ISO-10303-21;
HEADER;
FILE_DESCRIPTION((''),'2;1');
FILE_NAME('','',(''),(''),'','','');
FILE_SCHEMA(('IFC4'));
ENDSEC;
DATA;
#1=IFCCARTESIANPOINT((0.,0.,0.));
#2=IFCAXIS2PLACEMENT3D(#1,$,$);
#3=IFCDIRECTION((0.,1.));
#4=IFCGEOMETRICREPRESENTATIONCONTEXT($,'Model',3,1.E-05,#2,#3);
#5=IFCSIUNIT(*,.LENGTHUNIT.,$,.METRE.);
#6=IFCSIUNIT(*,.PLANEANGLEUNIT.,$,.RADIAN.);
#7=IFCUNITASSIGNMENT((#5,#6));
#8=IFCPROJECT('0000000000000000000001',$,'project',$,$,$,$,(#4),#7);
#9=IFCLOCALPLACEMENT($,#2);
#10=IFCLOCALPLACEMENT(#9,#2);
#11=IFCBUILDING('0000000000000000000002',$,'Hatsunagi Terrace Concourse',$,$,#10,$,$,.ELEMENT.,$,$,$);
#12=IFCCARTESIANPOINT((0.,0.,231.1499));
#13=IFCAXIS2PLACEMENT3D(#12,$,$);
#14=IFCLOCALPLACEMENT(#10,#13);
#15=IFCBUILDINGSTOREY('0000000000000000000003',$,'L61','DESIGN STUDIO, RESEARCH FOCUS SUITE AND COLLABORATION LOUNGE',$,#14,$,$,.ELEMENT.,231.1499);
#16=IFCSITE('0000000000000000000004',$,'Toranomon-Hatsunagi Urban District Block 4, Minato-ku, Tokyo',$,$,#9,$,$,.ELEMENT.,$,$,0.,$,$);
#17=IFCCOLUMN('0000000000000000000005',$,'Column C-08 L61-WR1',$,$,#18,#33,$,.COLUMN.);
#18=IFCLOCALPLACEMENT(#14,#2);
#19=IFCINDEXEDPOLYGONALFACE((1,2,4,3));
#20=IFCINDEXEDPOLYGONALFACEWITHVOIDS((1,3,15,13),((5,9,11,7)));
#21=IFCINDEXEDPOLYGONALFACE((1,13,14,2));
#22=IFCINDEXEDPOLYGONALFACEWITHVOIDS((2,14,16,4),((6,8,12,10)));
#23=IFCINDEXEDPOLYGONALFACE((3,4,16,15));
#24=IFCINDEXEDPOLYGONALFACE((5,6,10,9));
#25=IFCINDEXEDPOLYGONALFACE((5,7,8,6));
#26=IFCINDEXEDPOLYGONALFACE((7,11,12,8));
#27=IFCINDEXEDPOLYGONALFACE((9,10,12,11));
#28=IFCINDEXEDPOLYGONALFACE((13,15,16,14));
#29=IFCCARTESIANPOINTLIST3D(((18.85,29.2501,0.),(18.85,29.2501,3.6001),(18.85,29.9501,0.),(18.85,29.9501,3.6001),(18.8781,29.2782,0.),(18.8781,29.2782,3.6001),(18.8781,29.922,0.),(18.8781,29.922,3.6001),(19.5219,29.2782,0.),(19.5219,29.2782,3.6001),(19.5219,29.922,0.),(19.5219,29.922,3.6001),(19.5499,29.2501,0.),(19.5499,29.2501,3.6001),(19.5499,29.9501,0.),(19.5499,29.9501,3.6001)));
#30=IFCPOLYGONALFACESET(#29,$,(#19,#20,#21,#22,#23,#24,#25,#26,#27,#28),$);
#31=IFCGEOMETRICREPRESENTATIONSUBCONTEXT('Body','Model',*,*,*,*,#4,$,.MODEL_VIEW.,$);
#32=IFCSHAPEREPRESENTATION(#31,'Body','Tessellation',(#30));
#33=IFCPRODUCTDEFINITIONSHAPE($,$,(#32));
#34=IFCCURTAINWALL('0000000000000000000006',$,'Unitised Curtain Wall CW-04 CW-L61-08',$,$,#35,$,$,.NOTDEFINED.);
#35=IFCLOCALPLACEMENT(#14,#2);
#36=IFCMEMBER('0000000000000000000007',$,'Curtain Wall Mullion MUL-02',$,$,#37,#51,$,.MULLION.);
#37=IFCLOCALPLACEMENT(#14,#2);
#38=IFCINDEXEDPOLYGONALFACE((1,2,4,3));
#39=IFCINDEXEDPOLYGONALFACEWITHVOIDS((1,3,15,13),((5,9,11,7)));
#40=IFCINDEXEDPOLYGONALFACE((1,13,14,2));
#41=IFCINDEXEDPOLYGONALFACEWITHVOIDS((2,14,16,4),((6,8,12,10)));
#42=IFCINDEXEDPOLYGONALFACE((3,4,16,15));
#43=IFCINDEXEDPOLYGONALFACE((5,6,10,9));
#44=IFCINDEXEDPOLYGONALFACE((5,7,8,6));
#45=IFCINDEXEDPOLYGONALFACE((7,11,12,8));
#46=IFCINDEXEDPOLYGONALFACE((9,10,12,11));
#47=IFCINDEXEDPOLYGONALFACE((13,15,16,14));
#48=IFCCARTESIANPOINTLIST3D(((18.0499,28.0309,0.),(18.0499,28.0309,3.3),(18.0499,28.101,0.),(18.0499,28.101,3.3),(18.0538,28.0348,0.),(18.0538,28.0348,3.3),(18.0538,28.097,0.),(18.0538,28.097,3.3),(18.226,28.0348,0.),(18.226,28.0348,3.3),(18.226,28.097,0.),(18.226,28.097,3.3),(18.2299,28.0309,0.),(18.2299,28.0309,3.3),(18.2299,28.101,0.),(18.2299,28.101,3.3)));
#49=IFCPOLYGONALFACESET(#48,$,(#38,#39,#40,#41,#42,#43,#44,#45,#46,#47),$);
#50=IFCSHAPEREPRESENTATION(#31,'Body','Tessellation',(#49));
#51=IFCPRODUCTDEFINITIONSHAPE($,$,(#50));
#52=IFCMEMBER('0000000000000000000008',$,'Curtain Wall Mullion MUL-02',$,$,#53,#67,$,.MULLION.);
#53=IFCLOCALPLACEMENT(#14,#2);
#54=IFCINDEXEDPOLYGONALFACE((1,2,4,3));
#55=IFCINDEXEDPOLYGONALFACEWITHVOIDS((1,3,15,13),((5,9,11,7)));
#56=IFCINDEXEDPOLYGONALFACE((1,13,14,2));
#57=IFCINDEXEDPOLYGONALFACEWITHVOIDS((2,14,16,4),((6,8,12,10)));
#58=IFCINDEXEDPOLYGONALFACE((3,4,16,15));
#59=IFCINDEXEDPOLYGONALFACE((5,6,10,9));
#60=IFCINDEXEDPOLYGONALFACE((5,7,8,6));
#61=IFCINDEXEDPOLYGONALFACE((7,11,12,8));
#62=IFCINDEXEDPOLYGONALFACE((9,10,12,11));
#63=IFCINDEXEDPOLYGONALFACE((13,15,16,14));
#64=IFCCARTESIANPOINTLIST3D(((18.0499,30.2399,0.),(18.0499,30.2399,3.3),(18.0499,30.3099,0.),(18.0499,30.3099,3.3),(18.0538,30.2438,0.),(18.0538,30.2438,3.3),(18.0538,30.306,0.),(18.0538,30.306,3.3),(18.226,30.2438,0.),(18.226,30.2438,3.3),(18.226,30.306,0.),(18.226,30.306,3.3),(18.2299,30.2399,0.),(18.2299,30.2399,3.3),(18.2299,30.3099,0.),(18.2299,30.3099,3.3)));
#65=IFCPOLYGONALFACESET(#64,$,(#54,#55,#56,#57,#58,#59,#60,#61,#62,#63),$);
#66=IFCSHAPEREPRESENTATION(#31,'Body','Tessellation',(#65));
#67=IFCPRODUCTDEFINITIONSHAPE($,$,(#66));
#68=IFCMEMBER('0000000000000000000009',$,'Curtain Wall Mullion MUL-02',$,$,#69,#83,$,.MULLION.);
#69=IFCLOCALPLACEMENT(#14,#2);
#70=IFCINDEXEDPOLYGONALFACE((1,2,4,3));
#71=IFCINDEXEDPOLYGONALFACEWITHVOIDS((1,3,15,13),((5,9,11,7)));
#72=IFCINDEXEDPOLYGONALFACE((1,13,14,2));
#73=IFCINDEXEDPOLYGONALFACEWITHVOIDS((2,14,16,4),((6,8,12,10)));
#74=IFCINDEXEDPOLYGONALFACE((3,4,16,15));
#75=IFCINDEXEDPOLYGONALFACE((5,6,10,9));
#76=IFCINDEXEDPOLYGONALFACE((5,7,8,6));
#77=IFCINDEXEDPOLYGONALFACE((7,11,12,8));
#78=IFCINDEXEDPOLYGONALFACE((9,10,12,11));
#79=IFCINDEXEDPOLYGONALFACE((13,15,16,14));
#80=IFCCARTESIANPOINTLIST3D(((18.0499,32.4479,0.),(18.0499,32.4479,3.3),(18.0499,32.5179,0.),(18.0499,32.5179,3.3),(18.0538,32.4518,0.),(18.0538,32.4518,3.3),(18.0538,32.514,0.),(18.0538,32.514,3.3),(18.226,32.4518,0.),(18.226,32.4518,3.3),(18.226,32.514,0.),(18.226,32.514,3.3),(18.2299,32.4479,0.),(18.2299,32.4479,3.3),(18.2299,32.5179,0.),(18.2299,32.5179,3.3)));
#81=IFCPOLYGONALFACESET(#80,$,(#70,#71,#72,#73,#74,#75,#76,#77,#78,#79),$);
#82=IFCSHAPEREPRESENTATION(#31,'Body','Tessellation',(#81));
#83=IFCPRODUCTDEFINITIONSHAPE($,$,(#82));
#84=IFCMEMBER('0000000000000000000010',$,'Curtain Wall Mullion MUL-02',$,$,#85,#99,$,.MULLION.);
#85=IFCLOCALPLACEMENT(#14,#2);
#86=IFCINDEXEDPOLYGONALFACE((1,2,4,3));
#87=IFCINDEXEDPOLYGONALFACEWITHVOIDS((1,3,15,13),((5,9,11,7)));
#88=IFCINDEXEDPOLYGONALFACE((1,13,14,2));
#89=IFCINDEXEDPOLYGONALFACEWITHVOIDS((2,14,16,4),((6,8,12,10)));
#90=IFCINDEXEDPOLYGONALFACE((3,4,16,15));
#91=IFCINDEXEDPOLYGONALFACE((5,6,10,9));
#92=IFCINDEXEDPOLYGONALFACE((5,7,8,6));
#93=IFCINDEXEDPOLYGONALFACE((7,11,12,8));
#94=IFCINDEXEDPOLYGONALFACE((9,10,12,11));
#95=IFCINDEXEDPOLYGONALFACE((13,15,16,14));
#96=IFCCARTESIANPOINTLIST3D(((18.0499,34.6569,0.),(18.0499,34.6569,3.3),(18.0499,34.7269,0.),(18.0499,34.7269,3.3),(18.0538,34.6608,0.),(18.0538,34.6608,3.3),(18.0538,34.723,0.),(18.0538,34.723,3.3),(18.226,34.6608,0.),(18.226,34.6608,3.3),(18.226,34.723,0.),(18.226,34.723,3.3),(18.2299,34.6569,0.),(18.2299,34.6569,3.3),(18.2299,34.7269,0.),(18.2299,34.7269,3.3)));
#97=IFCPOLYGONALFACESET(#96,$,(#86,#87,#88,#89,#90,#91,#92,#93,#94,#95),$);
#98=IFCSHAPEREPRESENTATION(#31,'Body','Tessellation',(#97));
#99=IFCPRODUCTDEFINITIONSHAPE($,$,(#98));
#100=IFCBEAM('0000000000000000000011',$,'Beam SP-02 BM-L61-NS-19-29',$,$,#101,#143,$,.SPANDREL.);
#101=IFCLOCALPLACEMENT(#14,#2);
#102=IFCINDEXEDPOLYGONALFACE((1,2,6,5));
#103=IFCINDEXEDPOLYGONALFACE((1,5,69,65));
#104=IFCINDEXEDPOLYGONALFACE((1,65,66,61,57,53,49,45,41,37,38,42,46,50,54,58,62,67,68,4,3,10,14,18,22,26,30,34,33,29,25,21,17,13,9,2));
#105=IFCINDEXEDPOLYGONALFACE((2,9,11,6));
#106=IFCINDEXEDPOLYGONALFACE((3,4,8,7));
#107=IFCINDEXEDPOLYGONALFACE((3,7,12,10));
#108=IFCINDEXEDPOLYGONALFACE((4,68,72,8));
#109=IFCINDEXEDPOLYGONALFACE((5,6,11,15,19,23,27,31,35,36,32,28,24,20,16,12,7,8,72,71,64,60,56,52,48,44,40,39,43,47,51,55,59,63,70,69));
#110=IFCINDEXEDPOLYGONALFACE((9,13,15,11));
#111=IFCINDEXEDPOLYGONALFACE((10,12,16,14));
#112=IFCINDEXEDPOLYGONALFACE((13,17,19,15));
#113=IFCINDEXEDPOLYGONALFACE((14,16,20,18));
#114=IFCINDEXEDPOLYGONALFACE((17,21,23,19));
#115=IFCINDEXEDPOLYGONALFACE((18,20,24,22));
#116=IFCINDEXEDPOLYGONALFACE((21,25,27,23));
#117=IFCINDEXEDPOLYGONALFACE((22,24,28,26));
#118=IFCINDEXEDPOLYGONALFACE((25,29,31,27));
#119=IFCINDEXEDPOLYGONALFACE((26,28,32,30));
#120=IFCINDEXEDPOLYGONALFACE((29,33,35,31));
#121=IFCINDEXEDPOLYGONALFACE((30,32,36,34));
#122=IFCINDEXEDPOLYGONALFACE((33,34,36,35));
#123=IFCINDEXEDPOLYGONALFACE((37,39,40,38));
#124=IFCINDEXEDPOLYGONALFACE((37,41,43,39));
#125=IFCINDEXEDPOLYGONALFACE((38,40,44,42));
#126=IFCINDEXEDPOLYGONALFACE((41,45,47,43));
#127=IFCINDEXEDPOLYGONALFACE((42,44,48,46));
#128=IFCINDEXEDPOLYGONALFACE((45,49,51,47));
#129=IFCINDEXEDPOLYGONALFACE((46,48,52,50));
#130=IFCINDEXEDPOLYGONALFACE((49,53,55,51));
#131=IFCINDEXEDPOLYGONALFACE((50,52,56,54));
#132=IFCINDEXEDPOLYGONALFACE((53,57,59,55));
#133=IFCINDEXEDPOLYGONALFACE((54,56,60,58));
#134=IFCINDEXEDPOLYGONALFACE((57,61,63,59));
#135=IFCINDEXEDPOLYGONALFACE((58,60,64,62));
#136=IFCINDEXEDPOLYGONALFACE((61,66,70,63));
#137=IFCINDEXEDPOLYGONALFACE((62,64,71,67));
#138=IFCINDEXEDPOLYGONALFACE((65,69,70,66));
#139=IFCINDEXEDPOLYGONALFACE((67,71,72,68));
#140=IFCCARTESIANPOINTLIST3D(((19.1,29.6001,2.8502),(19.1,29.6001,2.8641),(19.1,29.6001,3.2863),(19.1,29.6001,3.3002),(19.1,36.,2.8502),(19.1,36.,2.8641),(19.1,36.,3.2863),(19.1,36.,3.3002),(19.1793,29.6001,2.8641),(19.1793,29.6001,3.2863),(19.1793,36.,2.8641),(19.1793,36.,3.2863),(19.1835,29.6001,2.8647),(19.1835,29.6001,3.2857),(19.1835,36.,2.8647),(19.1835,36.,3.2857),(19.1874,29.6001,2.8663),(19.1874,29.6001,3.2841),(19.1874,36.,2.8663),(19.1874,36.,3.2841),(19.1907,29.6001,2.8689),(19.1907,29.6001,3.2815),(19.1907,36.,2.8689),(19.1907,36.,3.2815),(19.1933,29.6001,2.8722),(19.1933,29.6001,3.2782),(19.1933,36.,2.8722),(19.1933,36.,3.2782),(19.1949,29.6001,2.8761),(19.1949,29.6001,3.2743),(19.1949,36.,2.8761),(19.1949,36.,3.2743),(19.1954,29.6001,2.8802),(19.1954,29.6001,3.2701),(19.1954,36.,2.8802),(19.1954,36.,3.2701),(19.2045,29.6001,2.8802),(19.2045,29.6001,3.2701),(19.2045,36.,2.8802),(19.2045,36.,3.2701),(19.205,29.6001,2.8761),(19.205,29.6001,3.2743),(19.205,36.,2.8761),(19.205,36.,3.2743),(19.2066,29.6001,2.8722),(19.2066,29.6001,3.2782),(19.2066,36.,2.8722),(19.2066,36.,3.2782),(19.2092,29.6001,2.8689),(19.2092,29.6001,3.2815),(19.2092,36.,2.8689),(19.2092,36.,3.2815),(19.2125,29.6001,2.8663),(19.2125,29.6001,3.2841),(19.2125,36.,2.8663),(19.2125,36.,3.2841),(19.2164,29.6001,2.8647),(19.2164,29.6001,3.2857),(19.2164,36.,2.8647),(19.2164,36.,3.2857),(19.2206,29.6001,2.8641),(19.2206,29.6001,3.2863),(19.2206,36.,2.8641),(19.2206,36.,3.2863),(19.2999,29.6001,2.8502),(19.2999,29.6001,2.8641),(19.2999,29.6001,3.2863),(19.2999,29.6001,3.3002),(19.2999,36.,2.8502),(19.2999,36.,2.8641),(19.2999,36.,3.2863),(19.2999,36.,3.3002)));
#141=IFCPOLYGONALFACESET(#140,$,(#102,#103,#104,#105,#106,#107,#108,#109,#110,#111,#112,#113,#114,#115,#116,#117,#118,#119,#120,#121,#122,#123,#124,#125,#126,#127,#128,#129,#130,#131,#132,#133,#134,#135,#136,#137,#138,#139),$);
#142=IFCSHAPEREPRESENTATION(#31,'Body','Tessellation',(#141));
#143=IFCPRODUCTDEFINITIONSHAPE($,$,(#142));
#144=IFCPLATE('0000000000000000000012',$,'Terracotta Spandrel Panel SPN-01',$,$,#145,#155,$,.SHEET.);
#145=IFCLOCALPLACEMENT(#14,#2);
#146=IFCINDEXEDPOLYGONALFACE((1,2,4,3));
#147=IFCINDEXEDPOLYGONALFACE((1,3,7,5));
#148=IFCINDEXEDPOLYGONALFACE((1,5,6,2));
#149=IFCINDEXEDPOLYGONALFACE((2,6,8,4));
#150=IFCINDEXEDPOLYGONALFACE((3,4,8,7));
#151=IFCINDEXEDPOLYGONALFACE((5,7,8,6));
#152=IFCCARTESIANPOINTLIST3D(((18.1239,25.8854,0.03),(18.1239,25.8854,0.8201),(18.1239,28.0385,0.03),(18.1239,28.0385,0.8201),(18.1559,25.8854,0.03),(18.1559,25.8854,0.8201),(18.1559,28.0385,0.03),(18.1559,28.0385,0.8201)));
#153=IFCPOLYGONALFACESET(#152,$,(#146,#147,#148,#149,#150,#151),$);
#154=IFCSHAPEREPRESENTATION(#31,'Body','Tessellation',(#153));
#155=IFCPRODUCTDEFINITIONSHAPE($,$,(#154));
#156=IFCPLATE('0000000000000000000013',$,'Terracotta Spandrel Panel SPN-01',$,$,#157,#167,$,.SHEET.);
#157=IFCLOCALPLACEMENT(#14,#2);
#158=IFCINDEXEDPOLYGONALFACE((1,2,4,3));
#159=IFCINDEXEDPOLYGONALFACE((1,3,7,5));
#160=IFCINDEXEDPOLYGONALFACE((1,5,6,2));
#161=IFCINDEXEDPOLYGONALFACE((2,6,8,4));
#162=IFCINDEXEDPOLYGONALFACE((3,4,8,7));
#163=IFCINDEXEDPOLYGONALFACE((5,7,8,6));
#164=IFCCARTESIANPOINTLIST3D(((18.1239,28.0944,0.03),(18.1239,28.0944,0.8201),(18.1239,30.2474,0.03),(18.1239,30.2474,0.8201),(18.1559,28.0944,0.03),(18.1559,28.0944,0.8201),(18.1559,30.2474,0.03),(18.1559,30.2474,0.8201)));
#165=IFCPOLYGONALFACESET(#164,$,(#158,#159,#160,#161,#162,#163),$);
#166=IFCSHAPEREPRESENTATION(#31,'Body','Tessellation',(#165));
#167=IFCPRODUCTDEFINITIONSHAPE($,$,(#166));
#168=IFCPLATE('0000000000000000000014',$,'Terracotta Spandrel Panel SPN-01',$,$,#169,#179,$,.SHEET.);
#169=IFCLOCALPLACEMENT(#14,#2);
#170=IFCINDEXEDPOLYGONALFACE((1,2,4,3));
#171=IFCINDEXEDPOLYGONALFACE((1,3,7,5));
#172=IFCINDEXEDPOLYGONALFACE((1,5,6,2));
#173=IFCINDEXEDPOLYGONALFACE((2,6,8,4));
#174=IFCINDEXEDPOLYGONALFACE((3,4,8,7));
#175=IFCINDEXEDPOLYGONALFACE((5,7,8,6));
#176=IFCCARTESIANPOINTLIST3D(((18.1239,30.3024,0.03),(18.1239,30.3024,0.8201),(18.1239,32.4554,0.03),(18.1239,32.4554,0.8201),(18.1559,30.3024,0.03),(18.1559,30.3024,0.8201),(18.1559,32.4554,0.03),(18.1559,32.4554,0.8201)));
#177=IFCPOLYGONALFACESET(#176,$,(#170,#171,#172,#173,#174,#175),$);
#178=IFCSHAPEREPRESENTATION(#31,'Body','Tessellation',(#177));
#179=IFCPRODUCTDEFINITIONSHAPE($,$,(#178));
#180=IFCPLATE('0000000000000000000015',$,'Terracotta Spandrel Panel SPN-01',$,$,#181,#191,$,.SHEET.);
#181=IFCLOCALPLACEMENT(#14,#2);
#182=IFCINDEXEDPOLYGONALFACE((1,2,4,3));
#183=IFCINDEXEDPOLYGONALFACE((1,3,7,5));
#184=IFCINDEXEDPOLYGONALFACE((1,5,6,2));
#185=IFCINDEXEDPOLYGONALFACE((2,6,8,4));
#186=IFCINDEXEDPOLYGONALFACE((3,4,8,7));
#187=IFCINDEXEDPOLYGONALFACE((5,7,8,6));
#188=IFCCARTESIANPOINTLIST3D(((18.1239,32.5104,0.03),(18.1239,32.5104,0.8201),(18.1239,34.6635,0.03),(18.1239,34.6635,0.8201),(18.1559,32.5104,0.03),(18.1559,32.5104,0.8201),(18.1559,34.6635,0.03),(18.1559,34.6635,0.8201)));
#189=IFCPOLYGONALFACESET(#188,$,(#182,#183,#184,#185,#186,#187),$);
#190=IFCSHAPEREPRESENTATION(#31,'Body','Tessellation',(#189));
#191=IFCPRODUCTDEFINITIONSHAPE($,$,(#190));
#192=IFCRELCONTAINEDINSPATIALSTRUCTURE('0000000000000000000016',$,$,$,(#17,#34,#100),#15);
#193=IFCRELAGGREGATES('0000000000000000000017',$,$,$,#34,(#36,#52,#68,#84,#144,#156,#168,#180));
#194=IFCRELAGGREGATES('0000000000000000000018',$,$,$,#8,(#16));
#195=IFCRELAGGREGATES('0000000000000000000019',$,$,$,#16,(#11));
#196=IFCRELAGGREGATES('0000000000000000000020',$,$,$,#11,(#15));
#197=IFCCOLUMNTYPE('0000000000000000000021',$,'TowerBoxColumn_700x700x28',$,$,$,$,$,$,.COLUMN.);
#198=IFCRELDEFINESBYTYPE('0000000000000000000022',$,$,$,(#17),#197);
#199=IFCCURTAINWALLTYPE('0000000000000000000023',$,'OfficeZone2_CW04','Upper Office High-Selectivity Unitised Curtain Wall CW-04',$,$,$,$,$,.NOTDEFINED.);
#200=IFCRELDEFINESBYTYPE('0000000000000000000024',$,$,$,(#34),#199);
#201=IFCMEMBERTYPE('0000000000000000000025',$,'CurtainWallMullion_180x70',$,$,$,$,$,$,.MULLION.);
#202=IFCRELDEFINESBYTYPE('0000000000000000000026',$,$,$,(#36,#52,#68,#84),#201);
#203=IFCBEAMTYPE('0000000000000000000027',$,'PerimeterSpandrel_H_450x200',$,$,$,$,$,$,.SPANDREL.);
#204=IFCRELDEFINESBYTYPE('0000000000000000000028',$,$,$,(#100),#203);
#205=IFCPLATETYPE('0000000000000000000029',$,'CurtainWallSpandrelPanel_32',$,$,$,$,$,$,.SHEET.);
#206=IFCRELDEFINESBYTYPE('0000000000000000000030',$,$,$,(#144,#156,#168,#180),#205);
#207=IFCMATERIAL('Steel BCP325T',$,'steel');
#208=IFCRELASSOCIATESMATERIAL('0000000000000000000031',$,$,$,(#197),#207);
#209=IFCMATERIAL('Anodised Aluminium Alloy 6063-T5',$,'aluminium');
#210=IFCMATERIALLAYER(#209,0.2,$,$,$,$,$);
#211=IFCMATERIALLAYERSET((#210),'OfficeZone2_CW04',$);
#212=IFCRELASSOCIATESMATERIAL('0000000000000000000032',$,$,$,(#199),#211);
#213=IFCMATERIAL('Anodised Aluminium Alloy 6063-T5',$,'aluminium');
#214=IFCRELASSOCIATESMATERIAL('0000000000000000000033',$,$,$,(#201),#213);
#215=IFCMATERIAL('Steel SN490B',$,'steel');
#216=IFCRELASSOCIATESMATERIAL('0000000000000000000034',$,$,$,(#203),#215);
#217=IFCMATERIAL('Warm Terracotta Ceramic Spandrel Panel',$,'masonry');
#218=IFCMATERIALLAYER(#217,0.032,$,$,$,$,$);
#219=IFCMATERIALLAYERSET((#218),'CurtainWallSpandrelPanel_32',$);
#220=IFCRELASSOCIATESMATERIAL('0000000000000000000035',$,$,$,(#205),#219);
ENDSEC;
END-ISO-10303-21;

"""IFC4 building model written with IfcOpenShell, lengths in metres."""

from ifc_helpers import new_model, si_unit, direction, frame, origin, origin_2d, place, context, subcontext, project, spatial, rectangle, hollow_rectangle, i_section, extrude, material, layer, layer_set, material_profile, profile_set, type_object, element, aggregate, save


model = new_model("IFC4")

# Units and contexts
model_context = context("Model", 3, precision=1e-05, world=origin(), true_north=direction((0.0, 1.0)))
body_context = subcontext(model_context, "Body", "Model", "MODEL_VIEW")
ifc_project = project(units=[si_unit("LENGTHUNIT", "METRE"), si_unit("PLANEANGLEUNIT", "RADIAN")], contexts=[model_context])

# Site, building, storey
site_placement = place(None, origin())
site = spatial("IfcSite", under=ifc_project, at=site_placement, Name="Toranomon-Hatsunagi Urban District Block 4, Minato-ku, Tokyo", CompositionType="ELEMENT", RefElevation=0.0)
building_placement = place(site_placement, origin())
building = spatial("IfcBuilding", under=site, at=building_placement, Name="Hatsunagi Terrace Concourse", CompositionType="ELEMENT")
storey_placement = place(building_placement, frame((0.0, 0.0, 231.1499)))
storey = spatial("IfcBuildingStorey", under=building, at=storey_placement, Name="L61", Description="DESIGN STUDIO, RESEARCH FOCUS SUITE AND COLLABORATION LOUNGE", CompositionType="ELEMENT", Elevation=231.1499)

# Column
ifc_material_1 = material(Name="Steel BCP325T", Category="steel")
ifc_material_profile_1 = material_profile(ifc_material_1, hollow_rectangle(XDim=0.7, YDim=0.7, WallThickness=0.0281, at=origin_2d()), Name="BCP-700x700x28")
ifc_profile_set_1 = profile_set([ifc_material_profile_1], Name="Steel BCP325T")
column_type = type_object("IfcColumnType", Name="TowerBoxColumn_700x700x28", PredefinedType="COLUMN", material=ifc_profile_set_1)
column_placement = place(storey_placement, frame((19.2, 29.6001, 0.0), z_axis=(0.0, 0.0, 1.0), x_axis=(1.0, 0.0, 0.0)))
element("IfcColumn", 1, at=column_placement, inside=storey, type_object=column_type, Name="Column C-08 L61-WR1", PredefinedType="COLUMN", context=body_context, shape_type="SweptSolid", body=[
    extrude(hollow_rectangle(XDim=0.7, YDim=0.7, WallThickness=0.0281, at=origin_2d()), origin(), (0.0, 0.0, 1.0), 3.6001),
])

# Curtain wall, members
ifc_material_2 = material(Name="Anodised Aluminium Alloy 6063-T5", Category="aluminium")
ifc_layer_1 = layer(ifc_material_2, 0.2)
ifc_layer_set_1 = layer_set([ifc_layer_1], Name="OfficeZone2_CW04")
curtain_wall_type = type_object("IfcCurtainWallType", Name="OfficeZone2_CW04", Description="Upper Office High-Selectivity Unitised Curtain Wall CW-04", PredefinedType="NOTDEFINED", material=ifc_layer_set_1)
curtain_wall_placement = place(storey_placement, origin())
curtain_wall = element("IfcCurtainWall", 2, at=curtain_wall_placement, inside=storey, type_object=curtain_wall_type, Name="Unitised Curtain Wall CW-04 CW-L61-08", PredefinedType="NOTDEFINED")
ifc_material_3 = material(Name="Anodised Aluminium Alloy 6063-T5", Category="aluminium")
ifc_material_profile_2 = material_profile(ifc_material_3, hollow_rectangle(XDim=0.0701, YDim=0.1799, WallThickness=0.0039, at=origin_2d()), Name="ALU-MUL-180x70x4")
ifc_profile_set_2 = profile_set([ifc_material_profile_2], Name="Anodised Aluminium Alloy 6063-T5")
member_type = type_object("IfcMemberType", Name="CurtainWallMullion_180x70", PredefinedType="MULLION", material=ifc_profile_set_2)
member_1_placement = place(storey_placement, frame((18.1399, 28.0659, 0.0), z_axis=(0.0, 0.0, 1.0), x_axis=(0.0, 1.0, 0.0)))
member_1 = element("IfcMember", 3, at=member_1_placement, type_object=member_type, Name="Curtain Wall Mullion MUL-02", PredefinedType="MULLION", context=body_context, shape_type="SweptSolid", body=[
    extrude(hollow_rectangle(XDim=0.0701, YDim=0.1799, WallThickness=0.0039, at=origin_2d()), origin(), (0.0, 0.0, 1.0), 3.3),
])
member_2_placement = place(storey_placement, frame((18.1399, 30.2749, 0.0), z_axis=(0.0, 0.0, 1.0), x_axis=(0.0, 1.0, 0.0)))
member_2 = element("IfcMember", 4, at=member_2_placement, type_object=member_type, Name="Curtain Wall Mullion MUL-02", PredefinedType="MULLION", context=body_context, shape_type="SweptSolid", body=[
    extrude(hollow_rectangle(XDim=0.0701, YDim=0.1799, WallThickness=0.0039, at=origin_2d()), origin(), (0.0, 0.0, 1.0), 3.3),
])
member_3_placement = place(storey_placement, frame((18.1399, 32.4829, 0.0), z_axis=(0.0, 0.0, 1.0), x_axis=(0.0, 1.0, 0.0)))
member_3 = element("IfcMember", 5, at=member_3_placement, type_object=member_type, Name="Curtain Wall Mullion MUL-02", PredefinedType="MULLION", context=body_context, shape_type="SweptSolid", body=[
    extrude(hollow_rectangle(XDim=0.0701, YDim=0.1799, WallThickness=0.0039, at=origin_2d()), origin(), (0.0, 0.0, 1.0), 3.3),
])
member_4_placement = place(storey_placement, frame((18.1399, 34.6919, 0.0), z_axis=(0.0, 0.0, 1.0), x_axis=(0.0, 1.0, 0.0)))
member_4 = element("IfcMember", 6, at=member_4_placement, type_object=member_type, Name="Curtain Wall Mullion MUL-02", PredefinedType="MULLION", context=body_context, shape_type="SweptSolid", body=[
    extrude(hollow_rectangle(XDim=0.0701, YDim=0.1799, WallThickness=0.0039, at=origin_2d()), origin(), (0.0, 0.0, 1.0), 3.3),
])

# Beam
ifc_material_4 = material(Name="Steel SN490B", Category="steel")
ifc_material_profile_3 = material_profile(ifc_material_4, i_section(OverallWidth=0.2, OverallDepth=0.45, WebThickness=0.009, FlangeThickness=0.0139, FilletRadius=0.0161, at=origin_2d()), Name="H-450x200x9x14")
ifc_profile_set_3 = profile_set([ifc_material_profile_3], Name="Steel SN490B")
beam_type = type_object("IfcBeamType", Name="PerimeterSpandrel_H_450x200", PredefinedType="SPANDREL", material=ifc_profile_set_3)
beam_placement = place(storey_placement, frame((19.2, 29.6001, 3.0752), z_axis=(0.0, 1.0, 0.0), x_axis=(-1.0, 0.0, 0.0)))
element("IfcBeam", 7, at=beam_placement, inside=storey, type_object=beam_type, Name="Beam SP-02 BM-L61-NS-19-29", PredefinedType="SPANDREL", context=body_context, shape_type="SweptSolid", body=[
    extrude(i_section(OverallWidth=0.2, OverallDepth=0.45, WebThickness=0.009, FlangeThickness=0.0139, FilletRadius=0.0161, at=origin_2d()), origin(), (0.0, 0.0, 1.0), 6.3999),
])

# Plates
ifc_material_5 = material(Name="Warm Terracotta Ceramic Spandrel Panel", Category="masonry")
ifc_layer_2 = layer(ifc_material_5, 0.032)
ifc_layer_set_2 = layer_set([ifc_layer_2], Name="CurtainWallSpandrelPanel_32")
plate_type_1 = type_object("IfcPlateType", Name="CurtainWallSpandrelPanel_32", PredefinedType="SHEET", material=ifc_layer_set_2)
plate_1_placement = place(storey_placement, frame((18.1399, 26.9619, 0.03), z_axis=(0.0, 0.0, 1.0), x_axis=(0.0, 1.0, 0.0)))
plate_1 = element("IfcPlate", 8, at=plate_1_placement, type_object=plate_type_1, Name="Terracotta Spandrel Panel SPN-01", PredefinedType="SHEET", context=body_context, shape_type="SweptSolid", body=[
    extrude(rectangle(XDim=2.1531, YDim=0.032, at=origin_2d()), origin(), (0.0, 0.0, 1.0), 0.79),
])
plate_2_placement = place(storey_placement, frame((18.1399, 29.1709, 0.03), z_axis=(0.0, 0.0, 1.0), x_axis=(0.0, 1.0, 0.0)))
plate_2 = element("IfcPlate", 9, at=plate_2_placement, type_object=plate_type_1, Name="Terracotta Spandrel Panel SPN-01", PredefinedType="SHEET", context=body_context, shape_type="SweptSolid", body=[
    extrude(rectangle(XDim=2.1531, YDim=0.032, at=origin_2d()), origin(), (0.0, 0.0, 1.0), 0.79),
])
plate_3_placement = place(storey_placement, frame((18.1399, 31.3789, 0.03), z_axis=(0.0, 0.0, 1.0), x_axis=(0.0, 1.0, 0.0)))
plate_3 = element("IfcPlate", 10, at=plate_3_placement, type_object=plate_type_1, Name="Terracotta Spandrel Panel SPN-01", PredefinedType="SHEET", context=body_context, shape_type="SweptSolid", body=[
    extrude(rectangle(XDim=2.1531, YDim=0.032, at=origin_2d()), origin(), (0.0, 0.0, 1.0), 0.79),
])
plate_4_placement = place(storey_placement, frame((18.1399, 33.5869, 0.03), z_axis=(0.0, 0.0, 1.0), x_axis=(0.0, 1.0, 0.0)))
plate_4 = element("IfcPlate", 11, at=plate_4_placement, type_object=plate_type_1, Name="Terracotta Spandrel Panel SPN-01", PredefinedType="SHEET", context=body_context, shape_type="SweptSolid", body=[
    extrude(rectangle(XDim=2.1531, YDim=0.032, at=origin_2d()), origin(), (0.0, 0.0, 1.0), 0.79),
])
aggregate(curtain_wall, [member_1, member_2, member_3, member_4, plate_1, plate_2, plate_3, plate_4])

save(model, "model.ifc")
